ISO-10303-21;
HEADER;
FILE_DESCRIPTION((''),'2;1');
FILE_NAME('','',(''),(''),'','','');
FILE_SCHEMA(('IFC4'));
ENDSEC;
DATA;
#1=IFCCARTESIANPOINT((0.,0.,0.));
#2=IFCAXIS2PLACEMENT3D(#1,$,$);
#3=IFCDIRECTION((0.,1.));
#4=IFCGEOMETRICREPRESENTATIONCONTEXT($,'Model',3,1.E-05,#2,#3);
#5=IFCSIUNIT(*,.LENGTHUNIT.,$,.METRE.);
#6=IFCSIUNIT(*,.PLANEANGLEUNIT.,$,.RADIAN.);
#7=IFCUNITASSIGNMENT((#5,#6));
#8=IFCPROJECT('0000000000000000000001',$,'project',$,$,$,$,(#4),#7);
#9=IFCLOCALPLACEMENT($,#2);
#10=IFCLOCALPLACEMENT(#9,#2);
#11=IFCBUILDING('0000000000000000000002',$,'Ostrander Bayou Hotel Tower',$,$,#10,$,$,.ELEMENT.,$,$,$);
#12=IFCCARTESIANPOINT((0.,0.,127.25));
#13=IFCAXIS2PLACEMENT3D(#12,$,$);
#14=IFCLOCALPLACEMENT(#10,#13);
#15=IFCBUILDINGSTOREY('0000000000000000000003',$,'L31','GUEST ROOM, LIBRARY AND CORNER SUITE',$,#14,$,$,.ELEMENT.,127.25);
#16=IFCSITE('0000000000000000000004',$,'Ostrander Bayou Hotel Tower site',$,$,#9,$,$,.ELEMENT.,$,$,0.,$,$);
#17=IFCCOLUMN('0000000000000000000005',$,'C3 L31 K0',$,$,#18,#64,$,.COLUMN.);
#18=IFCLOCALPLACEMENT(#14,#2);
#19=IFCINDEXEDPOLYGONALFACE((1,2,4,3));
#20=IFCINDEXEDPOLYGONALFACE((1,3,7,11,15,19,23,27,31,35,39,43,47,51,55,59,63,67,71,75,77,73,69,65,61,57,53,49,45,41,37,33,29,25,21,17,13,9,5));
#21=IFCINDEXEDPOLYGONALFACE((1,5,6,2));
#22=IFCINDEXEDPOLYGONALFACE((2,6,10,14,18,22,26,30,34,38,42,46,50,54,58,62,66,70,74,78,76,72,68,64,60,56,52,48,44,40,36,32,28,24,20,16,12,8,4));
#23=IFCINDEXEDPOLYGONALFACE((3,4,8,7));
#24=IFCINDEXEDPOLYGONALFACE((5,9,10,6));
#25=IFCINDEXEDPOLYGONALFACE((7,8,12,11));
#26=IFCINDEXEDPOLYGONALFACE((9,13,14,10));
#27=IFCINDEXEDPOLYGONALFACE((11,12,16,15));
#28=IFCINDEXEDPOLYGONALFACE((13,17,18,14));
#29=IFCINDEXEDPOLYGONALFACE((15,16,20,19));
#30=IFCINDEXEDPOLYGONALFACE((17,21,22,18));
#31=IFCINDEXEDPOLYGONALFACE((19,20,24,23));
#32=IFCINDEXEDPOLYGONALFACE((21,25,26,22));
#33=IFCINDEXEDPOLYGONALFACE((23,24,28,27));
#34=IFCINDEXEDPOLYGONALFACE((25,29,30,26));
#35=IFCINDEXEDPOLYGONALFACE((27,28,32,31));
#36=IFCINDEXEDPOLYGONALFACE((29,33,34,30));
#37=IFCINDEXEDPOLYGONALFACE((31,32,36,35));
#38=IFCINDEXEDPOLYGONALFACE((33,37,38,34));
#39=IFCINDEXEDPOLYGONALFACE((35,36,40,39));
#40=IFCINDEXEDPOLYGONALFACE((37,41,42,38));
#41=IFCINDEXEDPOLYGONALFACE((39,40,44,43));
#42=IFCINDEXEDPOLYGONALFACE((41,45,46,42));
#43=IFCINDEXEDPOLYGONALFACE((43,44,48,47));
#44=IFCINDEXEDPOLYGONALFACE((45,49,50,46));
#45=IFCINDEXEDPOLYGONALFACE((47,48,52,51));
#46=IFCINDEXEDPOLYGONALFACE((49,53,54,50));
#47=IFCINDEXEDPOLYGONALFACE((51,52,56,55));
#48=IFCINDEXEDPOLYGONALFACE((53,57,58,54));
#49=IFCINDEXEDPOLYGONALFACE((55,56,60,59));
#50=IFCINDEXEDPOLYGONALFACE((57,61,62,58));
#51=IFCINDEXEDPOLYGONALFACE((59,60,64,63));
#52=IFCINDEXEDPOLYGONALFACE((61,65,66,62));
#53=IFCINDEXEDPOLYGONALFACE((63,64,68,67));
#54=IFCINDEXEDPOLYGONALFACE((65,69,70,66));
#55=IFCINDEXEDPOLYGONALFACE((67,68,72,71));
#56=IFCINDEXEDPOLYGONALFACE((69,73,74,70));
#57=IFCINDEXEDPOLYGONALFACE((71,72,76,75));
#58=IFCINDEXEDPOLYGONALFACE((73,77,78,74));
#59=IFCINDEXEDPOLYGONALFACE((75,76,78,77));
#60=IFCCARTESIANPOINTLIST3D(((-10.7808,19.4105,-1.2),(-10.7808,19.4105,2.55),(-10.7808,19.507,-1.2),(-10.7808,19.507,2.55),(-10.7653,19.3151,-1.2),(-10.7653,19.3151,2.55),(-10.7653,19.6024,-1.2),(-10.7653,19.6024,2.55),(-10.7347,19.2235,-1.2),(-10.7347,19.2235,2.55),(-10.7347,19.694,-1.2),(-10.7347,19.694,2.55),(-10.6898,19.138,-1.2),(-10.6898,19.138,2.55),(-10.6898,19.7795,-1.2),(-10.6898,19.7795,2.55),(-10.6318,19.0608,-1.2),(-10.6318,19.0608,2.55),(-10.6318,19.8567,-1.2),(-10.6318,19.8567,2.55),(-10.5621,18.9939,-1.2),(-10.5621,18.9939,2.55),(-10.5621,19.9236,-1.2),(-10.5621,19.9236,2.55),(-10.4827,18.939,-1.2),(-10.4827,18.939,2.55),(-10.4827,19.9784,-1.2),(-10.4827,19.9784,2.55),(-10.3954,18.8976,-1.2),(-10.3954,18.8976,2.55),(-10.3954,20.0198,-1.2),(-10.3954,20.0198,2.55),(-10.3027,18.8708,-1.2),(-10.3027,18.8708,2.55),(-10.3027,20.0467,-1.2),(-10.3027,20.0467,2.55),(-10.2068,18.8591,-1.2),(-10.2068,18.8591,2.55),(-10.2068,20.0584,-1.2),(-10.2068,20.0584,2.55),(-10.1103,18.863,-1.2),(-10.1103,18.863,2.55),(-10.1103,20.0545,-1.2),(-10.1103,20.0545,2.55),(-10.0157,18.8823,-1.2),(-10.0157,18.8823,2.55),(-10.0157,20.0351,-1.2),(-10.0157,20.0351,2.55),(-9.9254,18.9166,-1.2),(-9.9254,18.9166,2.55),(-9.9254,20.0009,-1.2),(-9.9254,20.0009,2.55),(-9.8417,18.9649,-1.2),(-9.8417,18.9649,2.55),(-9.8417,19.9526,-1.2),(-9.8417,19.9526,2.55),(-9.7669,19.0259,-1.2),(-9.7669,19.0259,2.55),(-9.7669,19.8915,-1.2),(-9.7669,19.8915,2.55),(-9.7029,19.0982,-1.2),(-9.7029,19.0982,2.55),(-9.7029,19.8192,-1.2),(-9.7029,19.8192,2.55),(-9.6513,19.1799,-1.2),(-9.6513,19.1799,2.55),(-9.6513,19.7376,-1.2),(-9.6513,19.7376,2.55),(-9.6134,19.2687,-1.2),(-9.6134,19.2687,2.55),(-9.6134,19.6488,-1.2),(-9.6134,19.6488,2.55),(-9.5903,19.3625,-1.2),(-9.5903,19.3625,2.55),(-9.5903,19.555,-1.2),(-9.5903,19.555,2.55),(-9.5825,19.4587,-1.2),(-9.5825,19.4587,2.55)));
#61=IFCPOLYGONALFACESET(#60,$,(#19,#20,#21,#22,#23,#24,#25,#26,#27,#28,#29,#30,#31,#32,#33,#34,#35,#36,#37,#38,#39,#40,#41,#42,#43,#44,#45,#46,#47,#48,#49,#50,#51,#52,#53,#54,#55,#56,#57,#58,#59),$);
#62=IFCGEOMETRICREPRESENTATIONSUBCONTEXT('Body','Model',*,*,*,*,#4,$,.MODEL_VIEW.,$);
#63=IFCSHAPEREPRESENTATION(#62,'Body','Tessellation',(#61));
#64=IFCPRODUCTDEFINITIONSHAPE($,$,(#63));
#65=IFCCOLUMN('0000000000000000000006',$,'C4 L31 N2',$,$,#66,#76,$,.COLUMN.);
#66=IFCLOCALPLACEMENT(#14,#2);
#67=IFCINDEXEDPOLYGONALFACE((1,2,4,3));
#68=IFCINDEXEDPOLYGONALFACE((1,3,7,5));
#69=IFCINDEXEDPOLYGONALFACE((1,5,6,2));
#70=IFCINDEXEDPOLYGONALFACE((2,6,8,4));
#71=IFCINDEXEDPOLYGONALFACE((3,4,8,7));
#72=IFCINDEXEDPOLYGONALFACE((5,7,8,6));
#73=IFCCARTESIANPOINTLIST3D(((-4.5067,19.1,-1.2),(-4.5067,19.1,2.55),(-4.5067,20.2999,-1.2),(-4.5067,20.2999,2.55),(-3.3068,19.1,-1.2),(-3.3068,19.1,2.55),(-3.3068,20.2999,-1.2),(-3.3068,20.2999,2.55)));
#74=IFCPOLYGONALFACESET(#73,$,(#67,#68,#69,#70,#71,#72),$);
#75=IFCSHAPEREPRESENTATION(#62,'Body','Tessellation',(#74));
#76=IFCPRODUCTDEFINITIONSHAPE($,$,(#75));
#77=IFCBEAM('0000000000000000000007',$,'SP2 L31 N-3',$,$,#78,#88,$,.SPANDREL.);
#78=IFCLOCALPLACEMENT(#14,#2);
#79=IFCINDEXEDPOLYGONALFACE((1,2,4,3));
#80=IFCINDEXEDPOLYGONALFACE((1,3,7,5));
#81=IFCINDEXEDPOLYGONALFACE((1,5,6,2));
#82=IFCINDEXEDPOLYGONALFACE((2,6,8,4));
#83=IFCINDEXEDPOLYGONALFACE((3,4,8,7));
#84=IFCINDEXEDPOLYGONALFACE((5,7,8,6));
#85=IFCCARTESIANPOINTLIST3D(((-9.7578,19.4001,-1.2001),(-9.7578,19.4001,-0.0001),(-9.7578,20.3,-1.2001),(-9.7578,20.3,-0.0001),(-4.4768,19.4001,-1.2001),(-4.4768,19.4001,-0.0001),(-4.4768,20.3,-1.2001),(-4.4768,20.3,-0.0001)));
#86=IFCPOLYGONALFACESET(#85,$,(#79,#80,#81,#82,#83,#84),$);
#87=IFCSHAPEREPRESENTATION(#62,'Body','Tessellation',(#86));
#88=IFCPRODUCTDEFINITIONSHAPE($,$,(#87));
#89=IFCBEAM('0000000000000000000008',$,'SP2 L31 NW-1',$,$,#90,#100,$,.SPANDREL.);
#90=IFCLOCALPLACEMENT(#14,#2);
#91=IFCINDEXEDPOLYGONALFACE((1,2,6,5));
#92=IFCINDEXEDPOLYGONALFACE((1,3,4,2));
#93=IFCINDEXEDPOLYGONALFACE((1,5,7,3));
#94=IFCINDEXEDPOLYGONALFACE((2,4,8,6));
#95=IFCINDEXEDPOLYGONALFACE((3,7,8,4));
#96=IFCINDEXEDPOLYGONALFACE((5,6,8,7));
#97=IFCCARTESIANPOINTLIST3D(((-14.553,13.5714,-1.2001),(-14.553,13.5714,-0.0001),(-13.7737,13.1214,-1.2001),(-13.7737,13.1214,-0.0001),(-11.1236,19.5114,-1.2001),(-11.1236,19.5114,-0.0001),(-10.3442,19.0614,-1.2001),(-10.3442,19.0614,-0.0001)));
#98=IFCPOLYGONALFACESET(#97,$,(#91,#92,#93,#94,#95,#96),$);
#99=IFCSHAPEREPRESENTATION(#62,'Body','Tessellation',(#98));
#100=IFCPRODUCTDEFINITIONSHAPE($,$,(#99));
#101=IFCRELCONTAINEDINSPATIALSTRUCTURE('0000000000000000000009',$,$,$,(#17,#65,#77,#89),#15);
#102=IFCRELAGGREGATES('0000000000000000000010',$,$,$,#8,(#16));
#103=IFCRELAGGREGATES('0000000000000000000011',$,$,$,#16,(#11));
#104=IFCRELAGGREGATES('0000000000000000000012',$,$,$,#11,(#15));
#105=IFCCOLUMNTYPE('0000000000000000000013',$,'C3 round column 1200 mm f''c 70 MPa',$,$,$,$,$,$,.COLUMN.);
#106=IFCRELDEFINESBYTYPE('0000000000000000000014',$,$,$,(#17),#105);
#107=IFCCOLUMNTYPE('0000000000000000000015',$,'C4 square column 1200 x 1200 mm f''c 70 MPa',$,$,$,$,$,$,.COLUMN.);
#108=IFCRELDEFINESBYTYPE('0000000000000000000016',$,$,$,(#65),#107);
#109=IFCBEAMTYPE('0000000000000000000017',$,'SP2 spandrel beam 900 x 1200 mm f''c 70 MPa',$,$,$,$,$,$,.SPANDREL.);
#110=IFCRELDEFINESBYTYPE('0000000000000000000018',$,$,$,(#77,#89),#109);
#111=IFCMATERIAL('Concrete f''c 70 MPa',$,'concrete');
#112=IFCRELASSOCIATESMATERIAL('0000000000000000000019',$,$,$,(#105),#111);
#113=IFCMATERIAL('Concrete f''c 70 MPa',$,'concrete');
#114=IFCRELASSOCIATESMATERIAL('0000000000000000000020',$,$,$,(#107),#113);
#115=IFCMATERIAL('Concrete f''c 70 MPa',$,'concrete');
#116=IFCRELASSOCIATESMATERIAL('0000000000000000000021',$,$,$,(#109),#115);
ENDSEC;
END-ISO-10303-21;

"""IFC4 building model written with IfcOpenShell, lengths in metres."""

from ifc_helpers import new_model, si_unit, direction, frame, origin, origin_2d, place, context, subcontext, project, spatial, rectangle, circle, extrude, material, material_profile, profile_set, type_object, element, save


model = new_model("IFC4")

# Units and contexts
model_context = context("Model", 3, precision=1e-05, world=origin(), true_north=direction((0.0, 1.0)))
body_context = subcontext(model_context, "Body", "Model", "MODEL_VIEW")
ifc_project = project(units=[si_unit("LENGTHUNIT", "METRE"), si_unit("PLANEANGLEUNIT", "RADIAN")], contexts=[model_context])

# Site, building, storey
site_placement = place(None, origin())
site = spatial("IfcSite", under=ifc_project, at=site_placement, Name="Ostrander Bayou Hotel Tower site", CompositionType="ELEMENT", RefElevation=0.0)
building_placement = place(site_placement, origin())
building = spatial("IfcBuilding", under=site, at=building_placement, Name="Ostrander Bayou Hotel Tower", CompositionType="ELEMENT")
storey_placement = place(building_placement, frame((0.0, 0.0, 127.25)))
storey = spatial("IfcBuildingStorey", under=building, at=storey_placement, Name="L31", Description="GUEST ROOM, LIBRARY AND CORNER SUITE", CompositionType="ELEMENT", Elevation=127.25)

# Columns
ifc_material_1 = material(Name="Concrete f'c 70 MPa", Category="concrete")
ifc_material_profile_1 = material_profile(ifc_material_1, circle(Radius=0.6001, at=origin_2d()))
ifc_profile_set_1 = profile_set([ifc_material_profile_1], Name="Concrete f'c 70 MPa")
column_type_1 = type_object("IfcColumnType", Name="C3 round column 1200 mm f'c 70 MPa", PredefinedType="COLUMN", material=ifc_profile_set_1)
column_1_placement = place(storey_placement, frame((-10.1826, 19.4587, -1.2), z_axis=(0.0, 0.0, 1.0), x_axis=(1.0, 0.0, 0.0)))
element("IfcColumn", 1, at=column_1_placement, inside=storey, type_object=column_type_1, Name="C3 L31 K0", PredefinedType="COLUMN", context=body_context, shape_type="SweptSolid", body=[
    extrude(circle(Radius=0.6001, at=origin_2d()), origin(), (0.0, 0.0, 1.0), 3.75),
])
ifc_material_2 = material(Name="Concrete f'c 70 MPa", Category="concrete")
ifc_material_profile_2 = material_profile(ifc_material_2, rectangle(XDim=1.2, YDim=1.2, at=origin_2d()))
ifc_profile_set_2 = profile_set([ifc_material_profile_2], Name="Concrete f'c 70 MPa")
column_type_2 = type_object("IfcColumnType", Name="C4 square column 1200 x 1200 mm f'c 70 MPa", PredefinedType="COLUMN", material=ifc_profile_set_2)
column_2_placement = place(storey_placement, frame((-3.9067, 19.7, -1.2), z_axis=(0.0, 0.0, 1.0), x_axis=(1.0, 0.0, 0.0)))
element("IfcColumn", 2, at=column_2_placement, inside=storey, type_object=column_type_2, Name="C4 L31 N2", PredefinedType="COLUMN", context=body_context, shape_type="SweptSolid", body=[
    extrude(rectangle(XDim=1.2, YDim=1.2, at=origin_2d()), origin(), (0.0, 0.0, 1.0), 3.75),
])

# Beams
ifc_material_3 = material(Name="Concrete f'c 70 MPa", Category="concrete")
ifc_material_profile_3 = material_profile(ifc_material_3, rectangle(XDim=0.8999, YDim=1.2, at=origin_2d()))
ifc_profile_set_3 = profile_set([ifc_material_profile_3], Name="Concrete f'c 70 MPa")
beam_type = type_object("IfcBeamType", Name="SP2 spandrel beam 900 x 1200 mm f'c 70 MPa", PredefinedType="SPANDREL", material=ifc_profile_set_3)
beam_1_placement = place(storey_placement, frame((-4.4768, 19.8501, -0.6001), z_axis=(-1.0, 0.0, 0.0), x_axis=(0.0, -1.0, 0.0)))
element("IfcBeam", 3, at=beam_1_placement, inside=storey, type_object=beam_type, Name="SP2 L31 N-3", PredefinedType="SPANDREL", context=body_context, shape_type="SweptSolid", body=[
    extrude(rectangle(XDim=0.8999, YDim=1.2, at=origin_2d()), origin(), (0.0, 0.0, 1.0), 5.281),
])
beam_2_placement = place(storey_placement, frame((-10.7339, 19.2864, -0.6001), z_axis=(-0.500002, -0.866024, 0.0), x_axis=(0.866024, -0.500002, 0.0)))
element("IfcBeam", 4, at=beam_2_placement, inside=storey, type_object=beam_type, Name="SP2 L31 NW-1", PredefinedType="SPANDREL", context=body_context, shape_type="SweptSolid", body=[
    extrude(rectangle(XDim=0.8999, YDim=1.2, at=origin_2d()), origin(), (0.0, 0.0, 1.0), 6.8589),
])

save(model, "model.ifc")
